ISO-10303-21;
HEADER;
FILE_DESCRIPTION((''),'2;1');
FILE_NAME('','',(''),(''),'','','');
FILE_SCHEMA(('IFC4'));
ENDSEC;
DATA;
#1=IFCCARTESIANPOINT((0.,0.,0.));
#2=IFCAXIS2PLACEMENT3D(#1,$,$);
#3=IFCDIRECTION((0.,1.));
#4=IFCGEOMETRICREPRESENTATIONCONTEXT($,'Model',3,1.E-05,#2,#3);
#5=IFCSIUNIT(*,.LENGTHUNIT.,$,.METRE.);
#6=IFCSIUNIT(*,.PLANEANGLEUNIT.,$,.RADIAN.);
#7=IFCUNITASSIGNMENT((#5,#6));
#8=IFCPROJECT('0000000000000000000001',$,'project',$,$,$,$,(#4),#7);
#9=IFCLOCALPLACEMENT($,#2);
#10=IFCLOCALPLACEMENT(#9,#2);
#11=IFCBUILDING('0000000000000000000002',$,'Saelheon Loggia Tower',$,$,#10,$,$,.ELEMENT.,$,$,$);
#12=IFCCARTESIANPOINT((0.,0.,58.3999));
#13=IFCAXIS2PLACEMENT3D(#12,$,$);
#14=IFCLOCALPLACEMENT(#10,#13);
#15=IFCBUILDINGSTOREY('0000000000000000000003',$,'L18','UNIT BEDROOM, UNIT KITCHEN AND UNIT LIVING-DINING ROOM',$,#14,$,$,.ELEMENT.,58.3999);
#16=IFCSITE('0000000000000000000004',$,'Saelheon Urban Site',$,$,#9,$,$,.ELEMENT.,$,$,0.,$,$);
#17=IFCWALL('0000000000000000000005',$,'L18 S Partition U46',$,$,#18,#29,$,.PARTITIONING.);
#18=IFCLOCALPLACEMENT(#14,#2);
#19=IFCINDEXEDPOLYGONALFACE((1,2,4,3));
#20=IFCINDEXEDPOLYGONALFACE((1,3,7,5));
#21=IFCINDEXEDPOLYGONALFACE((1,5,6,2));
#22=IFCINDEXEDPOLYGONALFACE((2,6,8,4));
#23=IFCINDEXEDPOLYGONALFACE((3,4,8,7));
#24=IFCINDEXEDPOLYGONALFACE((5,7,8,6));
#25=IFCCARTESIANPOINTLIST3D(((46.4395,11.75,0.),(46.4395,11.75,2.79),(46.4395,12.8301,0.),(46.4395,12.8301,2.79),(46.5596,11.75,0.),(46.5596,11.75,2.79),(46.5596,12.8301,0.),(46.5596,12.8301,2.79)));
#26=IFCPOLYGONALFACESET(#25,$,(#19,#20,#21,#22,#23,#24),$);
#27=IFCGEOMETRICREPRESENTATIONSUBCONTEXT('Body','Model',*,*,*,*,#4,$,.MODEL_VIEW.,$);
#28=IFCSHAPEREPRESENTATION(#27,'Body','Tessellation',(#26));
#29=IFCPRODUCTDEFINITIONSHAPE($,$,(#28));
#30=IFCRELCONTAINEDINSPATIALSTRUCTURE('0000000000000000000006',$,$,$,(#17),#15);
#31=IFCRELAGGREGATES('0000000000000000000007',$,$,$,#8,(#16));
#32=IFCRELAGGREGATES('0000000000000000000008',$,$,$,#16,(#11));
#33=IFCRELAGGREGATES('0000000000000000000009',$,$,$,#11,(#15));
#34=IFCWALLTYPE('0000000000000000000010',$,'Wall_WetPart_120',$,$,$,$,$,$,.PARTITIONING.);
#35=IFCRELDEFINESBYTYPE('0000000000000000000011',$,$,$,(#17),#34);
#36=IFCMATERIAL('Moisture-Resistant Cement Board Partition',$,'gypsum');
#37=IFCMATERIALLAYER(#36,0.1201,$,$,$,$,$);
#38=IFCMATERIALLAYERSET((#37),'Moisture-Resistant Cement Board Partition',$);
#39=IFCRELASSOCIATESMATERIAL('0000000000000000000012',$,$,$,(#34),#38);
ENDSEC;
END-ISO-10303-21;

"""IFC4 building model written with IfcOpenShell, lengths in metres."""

from ifc_helpers import new_model, si_unit, direction, frame, frame_2d, origin, place, context, subcontext, project, spatial, rectangle, extrude, material, layer, layer_set, type_object, element, save


model = new_model("IFC4")

# Units and contexts
model_context = context("Model", 3, precision=1e-05, world=origin(), true_north=direction((0.0, 1.0)))
body_context = subcontext(model_context, "Body", "Model", "MODEL_VIEW")
ifc_project = project(units=[si_unit("LENGTHUNIT", "METRE"), si_unit("PLANEANGLEUNIT", "RADIAN")], contexts=[model_context])

# Site, building, storey
site_placement = place(None, origin())
site = spatial("IfcSite", under=ifc_project, at=site_placement, Name="Saelheon Urban Site", CompositionType="ELEMENT", RefElevation=0.0)
building_placement = place(site_placement, origin())
building = spatial("IfcBuilding", under=site, at=building_placement, Name="Saelheon Loggia Tower", CompositionType="ELEMENT")
storey_placement = place(building_placement, frame((0.0, 0.0, 58.3999)))
storey = spatial("IfcBuildingStorey", under=building, at=storey_placement, Name="L18", Description="UNIT BEDROOM, UNIT KITCHEN AND UNIT LIVING-DINING ROOM", CompositionType="ELEMENT", Elevation=58.3999)

# Wall
ifc_material_1 = material(Name="Moisture-Resistant Cement Board Partition", Category="gypsum")
ifc_layer_1 = layer(ifc_material_1, 0.1201)
ifc_layer_set_1 = layer_set([ifc_layer_1], Name="Moisture-Resistant Cement Board Partition")
wall_type_1 = type_object("IfcWallType", Name="Wall_WetPart_120", PredefinedType="PARTITIONING", material=ifc_layer_set_1)
wall_1_placement = place(storey_placement, frame((46.4995, 12.8301, 0.0), z_axis=(0.0, 0.0, 1.0), x_axis=(0.0, -1.0, 0.0)))
element("IfcWall", 1, at=wall_1_placement, inside=storey, type_object=wall_type_1, Name="L18 S Partition U46", PredefinedType="PARTITIONING", context=body_context, shape_type="SweptSolid", body=[
    extrude(rectangle(XDim=1.0801, YDim=0.1201, at=frame_2d((0.54, 0.0))), origin(), (0.0, 0.0, 1.0), 2.79),
])

save(model, "model.ifc")
